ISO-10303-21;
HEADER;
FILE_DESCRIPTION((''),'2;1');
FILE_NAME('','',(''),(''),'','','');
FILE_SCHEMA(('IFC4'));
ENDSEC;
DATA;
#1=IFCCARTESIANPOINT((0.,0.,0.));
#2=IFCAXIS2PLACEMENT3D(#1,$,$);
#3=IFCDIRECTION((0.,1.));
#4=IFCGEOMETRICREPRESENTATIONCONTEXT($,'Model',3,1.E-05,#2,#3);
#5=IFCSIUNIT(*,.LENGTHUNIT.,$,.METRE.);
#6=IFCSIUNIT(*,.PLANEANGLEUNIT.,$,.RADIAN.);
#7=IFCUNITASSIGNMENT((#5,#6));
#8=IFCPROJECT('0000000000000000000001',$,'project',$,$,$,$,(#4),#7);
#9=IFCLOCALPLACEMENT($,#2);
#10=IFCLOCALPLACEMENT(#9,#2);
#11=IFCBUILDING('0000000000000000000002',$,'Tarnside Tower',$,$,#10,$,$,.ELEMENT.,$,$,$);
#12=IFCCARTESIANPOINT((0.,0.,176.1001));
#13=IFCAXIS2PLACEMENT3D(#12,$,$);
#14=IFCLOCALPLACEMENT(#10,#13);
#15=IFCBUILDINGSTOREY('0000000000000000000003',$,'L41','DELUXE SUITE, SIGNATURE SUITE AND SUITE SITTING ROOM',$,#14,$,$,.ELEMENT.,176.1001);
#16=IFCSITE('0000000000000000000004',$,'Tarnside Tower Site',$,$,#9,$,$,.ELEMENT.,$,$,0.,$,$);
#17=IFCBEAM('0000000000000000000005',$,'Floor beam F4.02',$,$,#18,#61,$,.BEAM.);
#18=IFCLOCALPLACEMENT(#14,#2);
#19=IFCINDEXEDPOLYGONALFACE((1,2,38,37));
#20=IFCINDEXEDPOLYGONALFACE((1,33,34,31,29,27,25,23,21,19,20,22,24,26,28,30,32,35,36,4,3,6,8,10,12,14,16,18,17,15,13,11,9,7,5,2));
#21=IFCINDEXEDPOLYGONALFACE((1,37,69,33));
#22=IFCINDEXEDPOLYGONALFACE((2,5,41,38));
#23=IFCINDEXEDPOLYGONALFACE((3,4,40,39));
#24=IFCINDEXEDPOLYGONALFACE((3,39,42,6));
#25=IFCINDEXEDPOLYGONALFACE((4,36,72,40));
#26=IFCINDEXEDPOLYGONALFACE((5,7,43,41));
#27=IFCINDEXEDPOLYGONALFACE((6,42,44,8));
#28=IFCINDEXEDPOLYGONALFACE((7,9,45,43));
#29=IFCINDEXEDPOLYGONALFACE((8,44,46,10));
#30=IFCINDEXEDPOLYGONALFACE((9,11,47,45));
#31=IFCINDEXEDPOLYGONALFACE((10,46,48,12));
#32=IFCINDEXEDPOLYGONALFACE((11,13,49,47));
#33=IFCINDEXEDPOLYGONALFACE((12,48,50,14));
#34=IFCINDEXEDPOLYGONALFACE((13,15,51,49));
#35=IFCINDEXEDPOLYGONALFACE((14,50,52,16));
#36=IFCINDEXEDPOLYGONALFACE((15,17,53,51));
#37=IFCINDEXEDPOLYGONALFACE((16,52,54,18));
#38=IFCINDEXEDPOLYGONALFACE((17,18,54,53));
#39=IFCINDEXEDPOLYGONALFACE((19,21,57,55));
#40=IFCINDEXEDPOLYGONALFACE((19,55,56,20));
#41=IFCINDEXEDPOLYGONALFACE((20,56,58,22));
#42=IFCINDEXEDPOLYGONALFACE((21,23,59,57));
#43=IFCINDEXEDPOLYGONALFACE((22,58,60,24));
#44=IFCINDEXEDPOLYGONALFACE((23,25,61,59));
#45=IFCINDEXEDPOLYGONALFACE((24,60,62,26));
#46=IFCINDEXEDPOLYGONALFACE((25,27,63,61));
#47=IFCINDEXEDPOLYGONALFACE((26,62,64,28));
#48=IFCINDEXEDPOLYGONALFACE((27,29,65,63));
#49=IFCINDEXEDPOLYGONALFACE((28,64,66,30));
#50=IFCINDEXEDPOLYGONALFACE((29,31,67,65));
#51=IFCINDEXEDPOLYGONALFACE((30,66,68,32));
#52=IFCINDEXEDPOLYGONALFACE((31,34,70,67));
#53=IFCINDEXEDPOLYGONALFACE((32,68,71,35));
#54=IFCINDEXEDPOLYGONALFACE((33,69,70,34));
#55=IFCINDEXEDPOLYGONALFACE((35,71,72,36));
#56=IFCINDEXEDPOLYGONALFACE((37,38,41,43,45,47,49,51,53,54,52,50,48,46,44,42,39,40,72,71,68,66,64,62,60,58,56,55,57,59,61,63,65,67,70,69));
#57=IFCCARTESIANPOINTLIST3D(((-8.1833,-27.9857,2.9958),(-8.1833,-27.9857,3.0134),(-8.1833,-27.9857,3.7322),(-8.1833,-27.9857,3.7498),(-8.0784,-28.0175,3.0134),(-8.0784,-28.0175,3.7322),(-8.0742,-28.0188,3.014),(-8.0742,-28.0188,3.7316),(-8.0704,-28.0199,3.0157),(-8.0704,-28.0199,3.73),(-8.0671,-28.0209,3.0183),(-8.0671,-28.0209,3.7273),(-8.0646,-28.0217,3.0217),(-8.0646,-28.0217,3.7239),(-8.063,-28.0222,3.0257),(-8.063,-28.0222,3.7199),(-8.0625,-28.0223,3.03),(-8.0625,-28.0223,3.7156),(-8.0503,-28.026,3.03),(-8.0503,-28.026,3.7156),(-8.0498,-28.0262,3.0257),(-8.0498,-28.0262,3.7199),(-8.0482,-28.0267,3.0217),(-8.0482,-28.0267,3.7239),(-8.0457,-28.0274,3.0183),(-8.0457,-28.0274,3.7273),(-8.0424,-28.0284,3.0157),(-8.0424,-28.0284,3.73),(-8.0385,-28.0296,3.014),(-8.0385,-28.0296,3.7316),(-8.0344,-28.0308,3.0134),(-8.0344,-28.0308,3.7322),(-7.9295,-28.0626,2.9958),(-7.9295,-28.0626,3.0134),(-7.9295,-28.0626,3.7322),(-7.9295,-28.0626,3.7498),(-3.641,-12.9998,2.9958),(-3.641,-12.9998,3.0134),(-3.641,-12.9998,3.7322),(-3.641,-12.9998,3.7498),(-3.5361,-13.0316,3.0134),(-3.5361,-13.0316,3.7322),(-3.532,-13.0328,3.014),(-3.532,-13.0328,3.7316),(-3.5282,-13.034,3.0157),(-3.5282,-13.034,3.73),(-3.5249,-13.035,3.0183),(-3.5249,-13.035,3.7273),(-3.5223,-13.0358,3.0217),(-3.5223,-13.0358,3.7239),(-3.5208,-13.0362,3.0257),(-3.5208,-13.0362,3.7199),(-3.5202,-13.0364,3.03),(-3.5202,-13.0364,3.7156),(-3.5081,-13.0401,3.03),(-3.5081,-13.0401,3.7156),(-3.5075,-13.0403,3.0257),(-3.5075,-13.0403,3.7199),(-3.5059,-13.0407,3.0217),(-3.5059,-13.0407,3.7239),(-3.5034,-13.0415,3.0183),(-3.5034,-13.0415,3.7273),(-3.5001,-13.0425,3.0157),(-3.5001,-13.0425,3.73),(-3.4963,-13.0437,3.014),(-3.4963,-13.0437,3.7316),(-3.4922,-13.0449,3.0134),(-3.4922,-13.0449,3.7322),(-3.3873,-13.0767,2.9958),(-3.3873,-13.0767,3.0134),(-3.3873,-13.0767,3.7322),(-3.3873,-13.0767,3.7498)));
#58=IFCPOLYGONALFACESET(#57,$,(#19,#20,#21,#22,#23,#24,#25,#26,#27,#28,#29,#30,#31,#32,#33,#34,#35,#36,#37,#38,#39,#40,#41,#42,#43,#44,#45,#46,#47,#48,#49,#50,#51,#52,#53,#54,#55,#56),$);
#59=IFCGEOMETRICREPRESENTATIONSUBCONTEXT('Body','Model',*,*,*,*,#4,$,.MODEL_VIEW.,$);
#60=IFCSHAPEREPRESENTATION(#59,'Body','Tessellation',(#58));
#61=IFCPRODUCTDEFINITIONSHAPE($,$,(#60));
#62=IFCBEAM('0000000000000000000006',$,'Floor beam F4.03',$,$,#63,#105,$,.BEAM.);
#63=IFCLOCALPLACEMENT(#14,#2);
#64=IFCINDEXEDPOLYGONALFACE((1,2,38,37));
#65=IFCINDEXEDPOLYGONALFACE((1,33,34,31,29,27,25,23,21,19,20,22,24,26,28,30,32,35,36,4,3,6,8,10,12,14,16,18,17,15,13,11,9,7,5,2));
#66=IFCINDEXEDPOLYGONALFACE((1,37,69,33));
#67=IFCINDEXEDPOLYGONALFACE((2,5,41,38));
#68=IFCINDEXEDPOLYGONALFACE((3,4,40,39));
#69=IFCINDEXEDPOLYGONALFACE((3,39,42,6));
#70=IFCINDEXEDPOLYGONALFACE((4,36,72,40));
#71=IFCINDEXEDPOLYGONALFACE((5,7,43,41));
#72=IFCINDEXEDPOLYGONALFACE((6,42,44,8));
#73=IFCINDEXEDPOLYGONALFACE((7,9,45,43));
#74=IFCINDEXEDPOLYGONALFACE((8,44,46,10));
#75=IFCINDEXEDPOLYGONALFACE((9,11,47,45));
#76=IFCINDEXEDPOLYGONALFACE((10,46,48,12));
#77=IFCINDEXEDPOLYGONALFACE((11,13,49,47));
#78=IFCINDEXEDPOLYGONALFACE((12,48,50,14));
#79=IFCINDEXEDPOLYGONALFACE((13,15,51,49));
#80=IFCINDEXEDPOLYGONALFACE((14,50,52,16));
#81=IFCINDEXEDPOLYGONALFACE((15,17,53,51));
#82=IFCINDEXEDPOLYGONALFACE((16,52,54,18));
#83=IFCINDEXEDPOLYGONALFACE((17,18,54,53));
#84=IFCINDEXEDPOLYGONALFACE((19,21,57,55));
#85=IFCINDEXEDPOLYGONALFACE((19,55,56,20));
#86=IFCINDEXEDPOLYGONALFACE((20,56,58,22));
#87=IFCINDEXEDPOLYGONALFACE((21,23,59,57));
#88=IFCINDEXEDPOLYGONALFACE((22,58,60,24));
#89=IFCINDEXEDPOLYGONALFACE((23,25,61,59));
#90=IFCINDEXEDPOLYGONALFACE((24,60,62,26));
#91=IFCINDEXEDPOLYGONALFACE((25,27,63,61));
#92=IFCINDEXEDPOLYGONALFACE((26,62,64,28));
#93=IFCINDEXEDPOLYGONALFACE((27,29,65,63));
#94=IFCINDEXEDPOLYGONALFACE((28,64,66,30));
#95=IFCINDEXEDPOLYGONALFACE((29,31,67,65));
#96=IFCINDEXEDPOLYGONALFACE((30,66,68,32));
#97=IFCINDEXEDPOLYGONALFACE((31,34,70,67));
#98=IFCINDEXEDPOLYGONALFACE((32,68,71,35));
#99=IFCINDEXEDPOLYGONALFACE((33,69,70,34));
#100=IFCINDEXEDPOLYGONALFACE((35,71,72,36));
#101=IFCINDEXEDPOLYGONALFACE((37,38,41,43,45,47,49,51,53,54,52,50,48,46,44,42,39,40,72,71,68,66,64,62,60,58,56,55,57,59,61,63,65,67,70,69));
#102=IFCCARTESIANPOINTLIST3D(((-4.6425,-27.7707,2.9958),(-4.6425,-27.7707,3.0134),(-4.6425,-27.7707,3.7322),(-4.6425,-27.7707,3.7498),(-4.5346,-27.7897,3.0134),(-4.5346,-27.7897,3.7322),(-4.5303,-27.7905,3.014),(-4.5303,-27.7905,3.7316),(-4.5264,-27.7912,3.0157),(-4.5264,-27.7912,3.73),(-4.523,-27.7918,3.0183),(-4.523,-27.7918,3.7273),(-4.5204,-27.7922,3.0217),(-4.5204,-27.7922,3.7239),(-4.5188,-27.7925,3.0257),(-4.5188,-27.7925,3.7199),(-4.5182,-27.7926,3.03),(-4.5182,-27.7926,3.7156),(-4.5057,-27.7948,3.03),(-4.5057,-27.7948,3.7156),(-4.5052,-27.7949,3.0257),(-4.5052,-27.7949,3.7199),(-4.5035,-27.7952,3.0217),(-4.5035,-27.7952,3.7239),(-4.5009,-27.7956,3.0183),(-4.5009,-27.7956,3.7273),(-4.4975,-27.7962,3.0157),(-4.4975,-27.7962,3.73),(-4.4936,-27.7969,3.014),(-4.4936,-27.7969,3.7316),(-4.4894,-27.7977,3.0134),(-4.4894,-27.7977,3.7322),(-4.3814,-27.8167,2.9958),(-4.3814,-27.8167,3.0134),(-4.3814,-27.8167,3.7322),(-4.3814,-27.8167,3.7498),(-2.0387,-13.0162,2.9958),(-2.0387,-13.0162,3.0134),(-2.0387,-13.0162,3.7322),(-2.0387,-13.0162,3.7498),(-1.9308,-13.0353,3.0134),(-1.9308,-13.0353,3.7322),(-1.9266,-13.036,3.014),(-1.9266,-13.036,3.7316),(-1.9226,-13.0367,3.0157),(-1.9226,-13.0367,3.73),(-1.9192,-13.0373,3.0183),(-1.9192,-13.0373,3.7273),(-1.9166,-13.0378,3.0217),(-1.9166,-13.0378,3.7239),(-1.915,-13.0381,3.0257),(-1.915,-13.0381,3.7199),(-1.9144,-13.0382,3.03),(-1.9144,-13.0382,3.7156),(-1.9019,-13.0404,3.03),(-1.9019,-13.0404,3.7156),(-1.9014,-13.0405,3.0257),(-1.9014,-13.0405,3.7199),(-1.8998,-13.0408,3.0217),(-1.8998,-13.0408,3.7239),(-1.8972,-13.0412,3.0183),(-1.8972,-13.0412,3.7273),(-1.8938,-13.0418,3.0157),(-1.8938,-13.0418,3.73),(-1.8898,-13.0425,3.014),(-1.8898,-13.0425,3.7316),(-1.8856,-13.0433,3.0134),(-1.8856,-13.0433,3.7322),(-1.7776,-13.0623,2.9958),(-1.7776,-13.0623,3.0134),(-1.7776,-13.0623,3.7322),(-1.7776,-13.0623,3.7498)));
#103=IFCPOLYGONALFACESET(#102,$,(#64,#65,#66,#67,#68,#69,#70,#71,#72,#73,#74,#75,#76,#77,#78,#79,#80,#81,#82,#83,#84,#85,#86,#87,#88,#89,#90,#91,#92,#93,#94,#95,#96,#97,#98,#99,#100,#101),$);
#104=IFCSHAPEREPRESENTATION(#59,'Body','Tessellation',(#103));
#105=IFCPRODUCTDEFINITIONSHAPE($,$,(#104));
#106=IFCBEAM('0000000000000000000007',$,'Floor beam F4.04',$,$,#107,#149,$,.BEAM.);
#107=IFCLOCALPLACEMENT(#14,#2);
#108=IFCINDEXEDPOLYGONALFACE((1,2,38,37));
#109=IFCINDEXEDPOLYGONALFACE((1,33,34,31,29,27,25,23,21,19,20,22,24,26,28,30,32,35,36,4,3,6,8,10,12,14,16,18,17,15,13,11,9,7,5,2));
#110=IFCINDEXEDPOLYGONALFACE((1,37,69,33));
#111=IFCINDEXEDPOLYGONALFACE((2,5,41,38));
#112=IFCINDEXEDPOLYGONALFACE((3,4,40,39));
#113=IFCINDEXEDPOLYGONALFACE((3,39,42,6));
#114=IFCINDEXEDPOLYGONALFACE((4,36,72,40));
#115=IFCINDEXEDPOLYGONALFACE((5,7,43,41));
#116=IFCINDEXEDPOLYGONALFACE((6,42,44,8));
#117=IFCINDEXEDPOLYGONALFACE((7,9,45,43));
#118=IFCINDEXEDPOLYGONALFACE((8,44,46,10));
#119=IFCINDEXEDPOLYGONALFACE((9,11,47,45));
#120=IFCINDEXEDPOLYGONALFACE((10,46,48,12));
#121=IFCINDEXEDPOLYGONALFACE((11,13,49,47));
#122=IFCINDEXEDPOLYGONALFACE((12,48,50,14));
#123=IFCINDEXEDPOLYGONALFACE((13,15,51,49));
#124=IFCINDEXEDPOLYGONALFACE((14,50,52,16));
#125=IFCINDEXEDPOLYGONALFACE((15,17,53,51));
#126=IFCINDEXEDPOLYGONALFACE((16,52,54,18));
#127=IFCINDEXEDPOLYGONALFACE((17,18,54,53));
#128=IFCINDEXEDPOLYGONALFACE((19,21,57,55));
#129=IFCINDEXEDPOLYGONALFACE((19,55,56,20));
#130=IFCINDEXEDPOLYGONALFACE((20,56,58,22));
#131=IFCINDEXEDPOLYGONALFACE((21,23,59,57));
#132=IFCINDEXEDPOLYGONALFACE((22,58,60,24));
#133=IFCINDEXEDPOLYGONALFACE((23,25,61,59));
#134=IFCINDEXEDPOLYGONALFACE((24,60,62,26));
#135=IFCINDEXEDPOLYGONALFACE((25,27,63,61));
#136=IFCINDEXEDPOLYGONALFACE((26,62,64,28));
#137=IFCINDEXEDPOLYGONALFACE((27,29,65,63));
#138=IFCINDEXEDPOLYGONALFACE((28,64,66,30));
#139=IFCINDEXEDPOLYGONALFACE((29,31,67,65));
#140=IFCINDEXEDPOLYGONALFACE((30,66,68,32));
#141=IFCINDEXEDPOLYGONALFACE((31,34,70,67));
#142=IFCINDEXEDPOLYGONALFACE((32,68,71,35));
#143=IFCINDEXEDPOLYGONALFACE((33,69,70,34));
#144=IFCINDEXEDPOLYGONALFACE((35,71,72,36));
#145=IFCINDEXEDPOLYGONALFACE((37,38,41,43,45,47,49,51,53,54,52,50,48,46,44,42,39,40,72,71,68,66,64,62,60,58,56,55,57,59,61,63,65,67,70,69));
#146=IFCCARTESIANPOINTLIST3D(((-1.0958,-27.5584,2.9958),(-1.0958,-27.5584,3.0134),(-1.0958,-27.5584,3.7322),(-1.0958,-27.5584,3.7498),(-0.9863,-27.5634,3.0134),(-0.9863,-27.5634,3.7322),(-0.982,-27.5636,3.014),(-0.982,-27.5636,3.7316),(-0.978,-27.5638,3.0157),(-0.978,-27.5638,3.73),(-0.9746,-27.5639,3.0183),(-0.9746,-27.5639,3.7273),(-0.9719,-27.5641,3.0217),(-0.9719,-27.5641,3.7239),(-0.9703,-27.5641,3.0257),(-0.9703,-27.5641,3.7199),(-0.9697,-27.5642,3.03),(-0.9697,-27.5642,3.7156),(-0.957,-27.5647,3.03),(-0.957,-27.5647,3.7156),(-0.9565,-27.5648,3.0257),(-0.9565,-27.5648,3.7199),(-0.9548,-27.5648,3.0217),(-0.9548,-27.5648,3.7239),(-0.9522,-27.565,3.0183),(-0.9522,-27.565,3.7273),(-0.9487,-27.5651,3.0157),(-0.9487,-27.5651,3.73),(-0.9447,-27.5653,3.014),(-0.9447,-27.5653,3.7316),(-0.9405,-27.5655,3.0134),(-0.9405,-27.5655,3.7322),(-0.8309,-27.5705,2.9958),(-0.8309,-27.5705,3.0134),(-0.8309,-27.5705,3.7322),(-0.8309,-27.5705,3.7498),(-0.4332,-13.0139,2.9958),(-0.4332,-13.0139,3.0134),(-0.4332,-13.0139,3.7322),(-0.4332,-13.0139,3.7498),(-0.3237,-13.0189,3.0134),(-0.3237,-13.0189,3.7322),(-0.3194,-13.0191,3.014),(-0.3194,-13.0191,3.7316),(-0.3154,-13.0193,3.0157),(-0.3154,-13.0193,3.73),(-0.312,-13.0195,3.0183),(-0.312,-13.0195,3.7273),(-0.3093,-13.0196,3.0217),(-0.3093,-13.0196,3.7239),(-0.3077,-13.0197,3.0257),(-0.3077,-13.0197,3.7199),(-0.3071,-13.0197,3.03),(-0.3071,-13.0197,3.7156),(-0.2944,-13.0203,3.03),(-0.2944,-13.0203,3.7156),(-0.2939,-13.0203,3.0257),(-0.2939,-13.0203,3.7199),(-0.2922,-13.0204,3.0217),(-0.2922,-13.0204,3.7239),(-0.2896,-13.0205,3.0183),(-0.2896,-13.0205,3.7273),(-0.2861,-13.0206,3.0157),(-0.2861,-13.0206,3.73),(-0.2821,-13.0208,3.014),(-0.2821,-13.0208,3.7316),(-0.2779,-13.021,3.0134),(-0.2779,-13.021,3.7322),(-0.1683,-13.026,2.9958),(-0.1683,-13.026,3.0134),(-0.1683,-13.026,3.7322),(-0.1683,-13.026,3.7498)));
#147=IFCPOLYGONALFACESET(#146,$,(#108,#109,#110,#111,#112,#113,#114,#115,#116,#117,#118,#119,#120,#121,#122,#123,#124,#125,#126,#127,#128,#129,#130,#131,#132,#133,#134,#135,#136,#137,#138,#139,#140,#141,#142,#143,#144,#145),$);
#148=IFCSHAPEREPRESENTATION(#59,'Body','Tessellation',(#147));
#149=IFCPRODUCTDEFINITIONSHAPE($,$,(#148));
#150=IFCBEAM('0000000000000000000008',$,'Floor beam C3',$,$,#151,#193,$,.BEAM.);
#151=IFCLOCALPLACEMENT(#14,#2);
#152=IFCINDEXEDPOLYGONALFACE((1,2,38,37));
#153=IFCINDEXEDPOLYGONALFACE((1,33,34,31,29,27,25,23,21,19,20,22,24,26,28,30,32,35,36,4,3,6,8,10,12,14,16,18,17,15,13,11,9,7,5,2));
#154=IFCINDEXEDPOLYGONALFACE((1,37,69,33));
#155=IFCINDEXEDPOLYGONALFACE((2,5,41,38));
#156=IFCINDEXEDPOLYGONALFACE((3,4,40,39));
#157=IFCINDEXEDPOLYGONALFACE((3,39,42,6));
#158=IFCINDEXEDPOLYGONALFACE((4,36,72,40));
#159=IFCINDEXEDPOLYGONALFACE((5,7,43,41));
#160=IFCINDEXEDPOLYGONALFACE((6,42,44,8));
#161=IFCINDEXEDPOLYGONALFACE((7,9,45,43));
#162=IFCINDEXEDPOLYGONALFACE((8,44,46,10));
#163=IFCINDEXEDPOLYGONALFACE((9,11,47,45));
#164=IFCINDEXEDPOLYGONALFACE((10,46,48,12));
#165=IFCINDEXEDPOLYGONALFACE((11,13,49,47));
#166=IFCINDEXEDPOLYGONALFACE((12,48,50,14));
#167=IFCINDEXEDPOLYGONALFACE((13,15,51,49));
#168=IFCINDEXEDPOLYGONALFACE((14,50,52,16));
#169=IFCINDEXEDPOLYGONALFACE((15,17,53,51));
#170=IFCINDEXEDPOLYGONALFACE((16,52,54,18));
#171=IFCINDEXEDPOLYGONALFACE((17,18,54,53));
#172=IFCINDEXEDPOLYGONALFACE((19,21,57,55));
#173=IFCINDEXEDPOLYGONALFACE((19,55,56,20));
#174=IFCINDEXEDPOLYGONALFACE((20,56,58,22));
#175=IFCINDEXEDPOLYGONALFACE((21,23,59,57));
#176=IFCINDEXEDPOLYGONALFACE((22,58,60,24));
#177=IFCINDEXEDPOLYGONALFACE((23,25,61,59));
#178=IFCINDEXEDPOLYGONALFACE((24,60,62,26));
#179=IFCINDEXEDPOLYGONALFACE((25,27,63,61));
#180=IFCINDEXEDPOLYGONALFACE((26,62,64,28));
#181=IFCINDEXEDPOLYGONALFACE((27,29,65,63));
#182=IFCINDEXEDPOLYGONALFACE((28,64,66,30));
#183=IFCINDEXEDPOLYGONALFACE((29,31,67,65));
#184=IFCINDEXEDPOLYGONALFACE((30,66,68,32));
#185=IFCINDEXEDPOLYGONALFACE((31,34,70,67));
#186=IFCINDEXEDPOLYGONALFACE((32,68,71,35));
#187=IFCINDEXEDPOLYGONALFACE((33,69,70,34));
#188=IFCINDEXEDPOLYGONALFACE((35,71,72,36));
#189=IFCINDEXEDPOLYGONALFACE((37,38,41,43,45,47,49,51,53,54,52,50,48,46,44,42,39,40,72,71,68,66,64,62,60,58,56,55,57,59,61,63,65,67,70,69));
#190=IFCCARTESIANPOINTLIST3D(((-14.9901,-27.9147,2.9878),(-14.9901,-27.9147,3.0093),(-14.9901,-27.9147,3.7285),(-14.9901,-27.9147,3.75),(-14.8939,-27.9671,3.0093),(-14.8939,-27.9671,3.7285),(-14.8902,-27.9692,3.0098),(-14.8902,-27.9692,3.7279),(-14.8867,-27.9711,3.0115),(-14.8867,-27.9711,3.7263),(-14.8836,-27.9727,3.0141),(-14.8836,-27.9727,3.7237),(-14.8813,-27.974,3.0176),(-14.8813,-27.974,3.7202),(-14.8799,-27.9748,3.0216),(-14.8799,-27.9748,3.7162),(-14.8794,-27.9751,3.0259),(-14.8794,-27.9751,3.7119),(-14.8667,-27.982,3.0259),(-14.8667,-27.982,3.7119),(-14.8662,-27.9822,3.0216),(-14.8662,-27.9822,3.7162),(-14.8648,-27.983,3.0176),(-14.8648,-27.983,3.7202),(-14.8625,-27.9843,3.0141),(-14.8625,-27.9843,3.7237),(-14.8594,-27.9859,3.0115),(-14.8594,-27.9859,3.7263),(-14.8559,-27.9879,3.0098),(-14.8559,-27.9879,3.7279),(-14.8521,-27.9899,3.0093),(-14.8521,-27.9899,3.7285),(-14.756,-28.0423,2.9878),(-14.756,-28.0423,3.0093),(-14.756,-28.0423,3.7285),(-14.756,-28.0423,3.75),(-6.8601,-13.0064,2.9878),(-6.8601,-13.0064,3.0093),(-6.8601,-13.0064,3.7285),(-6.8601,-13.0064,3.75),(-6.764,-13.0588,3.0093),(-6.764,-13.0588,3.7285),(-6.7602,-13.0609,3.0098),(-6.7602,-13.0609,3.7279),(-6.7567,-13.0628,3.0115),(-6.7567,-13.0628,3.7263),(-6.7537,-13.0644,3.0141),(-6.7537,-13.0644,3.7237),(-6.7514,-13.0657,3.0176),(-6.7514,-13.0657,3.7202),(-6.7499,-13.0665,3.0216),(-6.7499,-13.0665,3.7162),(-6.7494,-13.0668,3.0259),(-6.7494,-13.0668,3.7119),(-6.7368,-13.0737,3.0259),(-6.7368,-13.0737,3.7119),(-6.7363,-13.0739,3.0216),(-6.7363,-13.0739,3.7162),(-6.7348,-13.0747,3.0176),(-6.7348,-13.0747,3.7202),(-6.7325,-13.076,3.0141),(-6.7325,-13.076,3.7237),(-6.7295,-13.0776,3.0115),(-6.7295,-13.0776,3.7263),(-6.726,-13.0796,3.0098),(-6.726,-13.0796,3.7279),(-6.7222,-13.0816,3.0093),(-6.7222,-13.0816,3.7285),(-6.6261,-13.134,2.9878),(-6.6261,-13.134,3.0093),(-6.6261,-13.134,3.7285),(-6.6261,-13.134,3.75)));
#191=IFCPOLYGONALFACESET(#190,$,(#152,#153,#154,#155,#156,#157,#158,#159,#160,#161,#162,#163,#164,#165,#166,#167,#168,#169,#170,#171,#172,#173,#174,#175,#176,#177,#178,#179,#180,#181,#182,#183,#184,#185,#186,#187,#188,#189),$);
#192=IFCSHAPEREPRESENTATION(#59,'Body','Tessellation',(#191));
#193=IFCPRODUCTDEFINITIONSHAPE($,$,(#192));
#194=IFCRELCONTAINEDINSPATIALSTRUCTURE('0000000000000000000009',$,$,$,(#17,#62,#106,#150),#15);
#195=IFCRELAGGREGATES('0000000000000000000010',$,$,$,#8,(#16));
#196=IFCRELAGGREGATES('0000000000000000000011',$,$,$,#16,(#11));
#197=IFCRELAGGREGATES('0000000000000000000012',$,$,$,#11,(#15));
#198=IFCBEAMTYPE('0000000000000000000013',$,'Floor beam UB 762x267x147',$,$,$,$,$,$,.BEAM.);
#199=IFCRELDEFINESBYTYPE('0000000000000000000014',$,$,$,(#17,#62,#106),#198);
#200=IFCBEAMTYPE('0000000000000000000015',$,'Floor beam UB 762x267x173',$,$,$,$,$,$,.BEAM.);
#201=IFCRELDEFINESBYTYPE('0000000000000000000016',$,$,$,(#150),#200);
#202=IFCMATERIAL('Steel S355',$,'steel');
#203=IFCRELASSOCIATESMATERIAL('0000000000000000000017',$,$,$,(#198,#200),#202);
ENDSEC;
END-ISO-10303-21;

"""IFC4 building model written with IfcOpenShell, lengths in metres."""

from ifc_helpers import new_model, si_unit, direction, frame, origin, origin_2d, place, context, subcontext, project, spatial, i_section, extrude, material, material_profile, profile_set, type_object, element, save


model = new_model("IFC4")

# Units and contexts
model_context = context("Model", 3, precision=1e-05, world=origin(), true_north=direction((0.0, 1.0)))
body_context = subcontext(model_context, "Body", "Model", "MODEL_VIEW")
ifc_project = project(units=[si_unit("LENGTHUNIT", "METRE"), si_unit("PLANEANGLEUNIT", "RADIAN")], contexts=[model_context])

# Site, building, storey
site_placement = place(None, origin())
site = spatial("IfcSite", under=ifc_project, at=site_placement, Name="Tarnside Tower Site", CompositionType="ELEMENT", RefElevation=0.0)
building_placement = place(site_placement, origin())
building = spatial("IfcBuilding", under=site, at=building_placement, Name="Tarnside Tower", CompositionType="ELEMENT")
storey_placement = place(building_placement, frame((0.0, 0.0, 176.1001)))
storey = spatial("IfcBuildingStorey", under=building, at=storey_placement, Name="L41", Description="DELUXE SUITE, SIGNATURE SUITE AND SUITE SITTING ROOM", CompositionType="ELEMENT", Elevation=176.1001)

# Beams
ifc_material_1 = material(Name="Steel S355", Category="steel")
ifc_material_profile_1 = material_profile(ifc_material_1, i_section(OverallWidth=0.2651, OverallDepth=0.7539, WebThickness=0.0127, FlangeThickness=0.0176, FilletRadius=0.0166, at=origin_2d()), Name="UB 762x267x147")
ifc_profile_set_1 = profile_set([ifc_material_profile_1], Name="Steel S355")
beam_type_1 = type_object("IfcBeamType", Name="Floor beam UB 762x267x147", PredefinedType="BEAM", material=ifc_profile_set_1)
beam_1_placement = place(storey_placement, frame((-8.0564, -28.0242, 3.3728), z_axis=(0.29007, 0.957005, 0.0), x_axis=(-0.957005, 0.29007, 0.0)))
element("IfcBeam", 1, at=beam_1_placement, inside=storey, type_object=beam_type_1, Name="Floor beam F4.02", PredefinedType="BEAM", context=body_context, shape_type="SweptSolid", body=[
    extrude(i_section(OverallWidth=0.2651, OverallDepth=0.7539, WebThickness=0.0127, FlangeThickness=0.0176, FilletRadius=0.0166, at=origin_2d()), origin(), (0.0, 0.0, 1.0), 15.6592),
])
beam_2_placement = place(storey_placement, frame((-4.512, -27.7937, 3.3728), z_axis=(0.173788, 0.984783, 0.0), x_axis=(-0.984783, 0.173788, 0.0)))
element("IfcBeam", 2, at=beam_2_placement, inside=storey, type_object=beam_type_1, Name="Floor beam F4.03", PredefinedType="BEAM", context=body_context, shape_type="SweptSolid", body=[
    extrude(i_section(OverallWidth=0.2651, OverallDepth=0.7539, WebThickness=0.0127, FlangeThickness=0.0176, FilletRadius=0.0166, at=origin_2d()), origin(), (0.0, 0.0, 1.0), 14.9824),
])
beam_3_placement = place(storey_placement, frame((-0.9634, -27.5645, 3.3728), z_axis=(0.04551, 0.998964, 0.0), x_axis=(-0.998964, 0.04551, 0.0)))
element("IfcBeam", 3, at=beam_3_placement, inside=storey, type_object=beam_type_1, Name="Floor beam F4.04", PredefinedType="BEAM", context=body_context, shape_type="SweptSolid", body=[
    extrude(i_section(OverallWidth=0.2651, OverallDepth=0.7539, WebThickness=0.0127, FlangeThickness=0.0176, FilletRadius=0.0166, at=origin_2d()), origin(), (0.0, 0.0, 1.0), 14.5596),
])
ifc_material_profile_2 = material_profile(ifc_material_1, i_section(OverallWidth=0.2666, OverallDepth=0.7622, WebThickness=0.0144, FlangeThickness=0.0215, FilletRadius=0.0166, at=origin_2d()), Name="UB 762x267x173")
ifc_profile_set_2 = profile_set([ifc_material_profile_2], Name="Steel S355")
beam_type_2 = type_object("IfcBeamType", Name="Floor beam UB 762x267x173", PredefinedType="BEAM", material=ifc_profile_set_2)
beam_4_placement = place(storey_placement, frame((-14.873, -27.9785, 3.3689), z_axis=(0.478768, 0.877942, 0.0), x_axis=(-0.877942, 0.478768, 0.0)))
element("IfcBeam", 4, at=beam_4_placement, inside=storey, type_object=beam_type_2, Name="Floor beam C3", PredefinedType="BEAM", context=body_context, shape_type="SweptSolid", body=[
    extrude(i_section(OverallWidth=0.2666, OverallDepth=0.7622, WebThickness=0.0144, FlangeThickness=0.0215, FilletRadius=0.0166, at=origin_2d()), origin(), (0.0, 0.0, 1.0), 16.981),
])

save(model, "model.ifc")
